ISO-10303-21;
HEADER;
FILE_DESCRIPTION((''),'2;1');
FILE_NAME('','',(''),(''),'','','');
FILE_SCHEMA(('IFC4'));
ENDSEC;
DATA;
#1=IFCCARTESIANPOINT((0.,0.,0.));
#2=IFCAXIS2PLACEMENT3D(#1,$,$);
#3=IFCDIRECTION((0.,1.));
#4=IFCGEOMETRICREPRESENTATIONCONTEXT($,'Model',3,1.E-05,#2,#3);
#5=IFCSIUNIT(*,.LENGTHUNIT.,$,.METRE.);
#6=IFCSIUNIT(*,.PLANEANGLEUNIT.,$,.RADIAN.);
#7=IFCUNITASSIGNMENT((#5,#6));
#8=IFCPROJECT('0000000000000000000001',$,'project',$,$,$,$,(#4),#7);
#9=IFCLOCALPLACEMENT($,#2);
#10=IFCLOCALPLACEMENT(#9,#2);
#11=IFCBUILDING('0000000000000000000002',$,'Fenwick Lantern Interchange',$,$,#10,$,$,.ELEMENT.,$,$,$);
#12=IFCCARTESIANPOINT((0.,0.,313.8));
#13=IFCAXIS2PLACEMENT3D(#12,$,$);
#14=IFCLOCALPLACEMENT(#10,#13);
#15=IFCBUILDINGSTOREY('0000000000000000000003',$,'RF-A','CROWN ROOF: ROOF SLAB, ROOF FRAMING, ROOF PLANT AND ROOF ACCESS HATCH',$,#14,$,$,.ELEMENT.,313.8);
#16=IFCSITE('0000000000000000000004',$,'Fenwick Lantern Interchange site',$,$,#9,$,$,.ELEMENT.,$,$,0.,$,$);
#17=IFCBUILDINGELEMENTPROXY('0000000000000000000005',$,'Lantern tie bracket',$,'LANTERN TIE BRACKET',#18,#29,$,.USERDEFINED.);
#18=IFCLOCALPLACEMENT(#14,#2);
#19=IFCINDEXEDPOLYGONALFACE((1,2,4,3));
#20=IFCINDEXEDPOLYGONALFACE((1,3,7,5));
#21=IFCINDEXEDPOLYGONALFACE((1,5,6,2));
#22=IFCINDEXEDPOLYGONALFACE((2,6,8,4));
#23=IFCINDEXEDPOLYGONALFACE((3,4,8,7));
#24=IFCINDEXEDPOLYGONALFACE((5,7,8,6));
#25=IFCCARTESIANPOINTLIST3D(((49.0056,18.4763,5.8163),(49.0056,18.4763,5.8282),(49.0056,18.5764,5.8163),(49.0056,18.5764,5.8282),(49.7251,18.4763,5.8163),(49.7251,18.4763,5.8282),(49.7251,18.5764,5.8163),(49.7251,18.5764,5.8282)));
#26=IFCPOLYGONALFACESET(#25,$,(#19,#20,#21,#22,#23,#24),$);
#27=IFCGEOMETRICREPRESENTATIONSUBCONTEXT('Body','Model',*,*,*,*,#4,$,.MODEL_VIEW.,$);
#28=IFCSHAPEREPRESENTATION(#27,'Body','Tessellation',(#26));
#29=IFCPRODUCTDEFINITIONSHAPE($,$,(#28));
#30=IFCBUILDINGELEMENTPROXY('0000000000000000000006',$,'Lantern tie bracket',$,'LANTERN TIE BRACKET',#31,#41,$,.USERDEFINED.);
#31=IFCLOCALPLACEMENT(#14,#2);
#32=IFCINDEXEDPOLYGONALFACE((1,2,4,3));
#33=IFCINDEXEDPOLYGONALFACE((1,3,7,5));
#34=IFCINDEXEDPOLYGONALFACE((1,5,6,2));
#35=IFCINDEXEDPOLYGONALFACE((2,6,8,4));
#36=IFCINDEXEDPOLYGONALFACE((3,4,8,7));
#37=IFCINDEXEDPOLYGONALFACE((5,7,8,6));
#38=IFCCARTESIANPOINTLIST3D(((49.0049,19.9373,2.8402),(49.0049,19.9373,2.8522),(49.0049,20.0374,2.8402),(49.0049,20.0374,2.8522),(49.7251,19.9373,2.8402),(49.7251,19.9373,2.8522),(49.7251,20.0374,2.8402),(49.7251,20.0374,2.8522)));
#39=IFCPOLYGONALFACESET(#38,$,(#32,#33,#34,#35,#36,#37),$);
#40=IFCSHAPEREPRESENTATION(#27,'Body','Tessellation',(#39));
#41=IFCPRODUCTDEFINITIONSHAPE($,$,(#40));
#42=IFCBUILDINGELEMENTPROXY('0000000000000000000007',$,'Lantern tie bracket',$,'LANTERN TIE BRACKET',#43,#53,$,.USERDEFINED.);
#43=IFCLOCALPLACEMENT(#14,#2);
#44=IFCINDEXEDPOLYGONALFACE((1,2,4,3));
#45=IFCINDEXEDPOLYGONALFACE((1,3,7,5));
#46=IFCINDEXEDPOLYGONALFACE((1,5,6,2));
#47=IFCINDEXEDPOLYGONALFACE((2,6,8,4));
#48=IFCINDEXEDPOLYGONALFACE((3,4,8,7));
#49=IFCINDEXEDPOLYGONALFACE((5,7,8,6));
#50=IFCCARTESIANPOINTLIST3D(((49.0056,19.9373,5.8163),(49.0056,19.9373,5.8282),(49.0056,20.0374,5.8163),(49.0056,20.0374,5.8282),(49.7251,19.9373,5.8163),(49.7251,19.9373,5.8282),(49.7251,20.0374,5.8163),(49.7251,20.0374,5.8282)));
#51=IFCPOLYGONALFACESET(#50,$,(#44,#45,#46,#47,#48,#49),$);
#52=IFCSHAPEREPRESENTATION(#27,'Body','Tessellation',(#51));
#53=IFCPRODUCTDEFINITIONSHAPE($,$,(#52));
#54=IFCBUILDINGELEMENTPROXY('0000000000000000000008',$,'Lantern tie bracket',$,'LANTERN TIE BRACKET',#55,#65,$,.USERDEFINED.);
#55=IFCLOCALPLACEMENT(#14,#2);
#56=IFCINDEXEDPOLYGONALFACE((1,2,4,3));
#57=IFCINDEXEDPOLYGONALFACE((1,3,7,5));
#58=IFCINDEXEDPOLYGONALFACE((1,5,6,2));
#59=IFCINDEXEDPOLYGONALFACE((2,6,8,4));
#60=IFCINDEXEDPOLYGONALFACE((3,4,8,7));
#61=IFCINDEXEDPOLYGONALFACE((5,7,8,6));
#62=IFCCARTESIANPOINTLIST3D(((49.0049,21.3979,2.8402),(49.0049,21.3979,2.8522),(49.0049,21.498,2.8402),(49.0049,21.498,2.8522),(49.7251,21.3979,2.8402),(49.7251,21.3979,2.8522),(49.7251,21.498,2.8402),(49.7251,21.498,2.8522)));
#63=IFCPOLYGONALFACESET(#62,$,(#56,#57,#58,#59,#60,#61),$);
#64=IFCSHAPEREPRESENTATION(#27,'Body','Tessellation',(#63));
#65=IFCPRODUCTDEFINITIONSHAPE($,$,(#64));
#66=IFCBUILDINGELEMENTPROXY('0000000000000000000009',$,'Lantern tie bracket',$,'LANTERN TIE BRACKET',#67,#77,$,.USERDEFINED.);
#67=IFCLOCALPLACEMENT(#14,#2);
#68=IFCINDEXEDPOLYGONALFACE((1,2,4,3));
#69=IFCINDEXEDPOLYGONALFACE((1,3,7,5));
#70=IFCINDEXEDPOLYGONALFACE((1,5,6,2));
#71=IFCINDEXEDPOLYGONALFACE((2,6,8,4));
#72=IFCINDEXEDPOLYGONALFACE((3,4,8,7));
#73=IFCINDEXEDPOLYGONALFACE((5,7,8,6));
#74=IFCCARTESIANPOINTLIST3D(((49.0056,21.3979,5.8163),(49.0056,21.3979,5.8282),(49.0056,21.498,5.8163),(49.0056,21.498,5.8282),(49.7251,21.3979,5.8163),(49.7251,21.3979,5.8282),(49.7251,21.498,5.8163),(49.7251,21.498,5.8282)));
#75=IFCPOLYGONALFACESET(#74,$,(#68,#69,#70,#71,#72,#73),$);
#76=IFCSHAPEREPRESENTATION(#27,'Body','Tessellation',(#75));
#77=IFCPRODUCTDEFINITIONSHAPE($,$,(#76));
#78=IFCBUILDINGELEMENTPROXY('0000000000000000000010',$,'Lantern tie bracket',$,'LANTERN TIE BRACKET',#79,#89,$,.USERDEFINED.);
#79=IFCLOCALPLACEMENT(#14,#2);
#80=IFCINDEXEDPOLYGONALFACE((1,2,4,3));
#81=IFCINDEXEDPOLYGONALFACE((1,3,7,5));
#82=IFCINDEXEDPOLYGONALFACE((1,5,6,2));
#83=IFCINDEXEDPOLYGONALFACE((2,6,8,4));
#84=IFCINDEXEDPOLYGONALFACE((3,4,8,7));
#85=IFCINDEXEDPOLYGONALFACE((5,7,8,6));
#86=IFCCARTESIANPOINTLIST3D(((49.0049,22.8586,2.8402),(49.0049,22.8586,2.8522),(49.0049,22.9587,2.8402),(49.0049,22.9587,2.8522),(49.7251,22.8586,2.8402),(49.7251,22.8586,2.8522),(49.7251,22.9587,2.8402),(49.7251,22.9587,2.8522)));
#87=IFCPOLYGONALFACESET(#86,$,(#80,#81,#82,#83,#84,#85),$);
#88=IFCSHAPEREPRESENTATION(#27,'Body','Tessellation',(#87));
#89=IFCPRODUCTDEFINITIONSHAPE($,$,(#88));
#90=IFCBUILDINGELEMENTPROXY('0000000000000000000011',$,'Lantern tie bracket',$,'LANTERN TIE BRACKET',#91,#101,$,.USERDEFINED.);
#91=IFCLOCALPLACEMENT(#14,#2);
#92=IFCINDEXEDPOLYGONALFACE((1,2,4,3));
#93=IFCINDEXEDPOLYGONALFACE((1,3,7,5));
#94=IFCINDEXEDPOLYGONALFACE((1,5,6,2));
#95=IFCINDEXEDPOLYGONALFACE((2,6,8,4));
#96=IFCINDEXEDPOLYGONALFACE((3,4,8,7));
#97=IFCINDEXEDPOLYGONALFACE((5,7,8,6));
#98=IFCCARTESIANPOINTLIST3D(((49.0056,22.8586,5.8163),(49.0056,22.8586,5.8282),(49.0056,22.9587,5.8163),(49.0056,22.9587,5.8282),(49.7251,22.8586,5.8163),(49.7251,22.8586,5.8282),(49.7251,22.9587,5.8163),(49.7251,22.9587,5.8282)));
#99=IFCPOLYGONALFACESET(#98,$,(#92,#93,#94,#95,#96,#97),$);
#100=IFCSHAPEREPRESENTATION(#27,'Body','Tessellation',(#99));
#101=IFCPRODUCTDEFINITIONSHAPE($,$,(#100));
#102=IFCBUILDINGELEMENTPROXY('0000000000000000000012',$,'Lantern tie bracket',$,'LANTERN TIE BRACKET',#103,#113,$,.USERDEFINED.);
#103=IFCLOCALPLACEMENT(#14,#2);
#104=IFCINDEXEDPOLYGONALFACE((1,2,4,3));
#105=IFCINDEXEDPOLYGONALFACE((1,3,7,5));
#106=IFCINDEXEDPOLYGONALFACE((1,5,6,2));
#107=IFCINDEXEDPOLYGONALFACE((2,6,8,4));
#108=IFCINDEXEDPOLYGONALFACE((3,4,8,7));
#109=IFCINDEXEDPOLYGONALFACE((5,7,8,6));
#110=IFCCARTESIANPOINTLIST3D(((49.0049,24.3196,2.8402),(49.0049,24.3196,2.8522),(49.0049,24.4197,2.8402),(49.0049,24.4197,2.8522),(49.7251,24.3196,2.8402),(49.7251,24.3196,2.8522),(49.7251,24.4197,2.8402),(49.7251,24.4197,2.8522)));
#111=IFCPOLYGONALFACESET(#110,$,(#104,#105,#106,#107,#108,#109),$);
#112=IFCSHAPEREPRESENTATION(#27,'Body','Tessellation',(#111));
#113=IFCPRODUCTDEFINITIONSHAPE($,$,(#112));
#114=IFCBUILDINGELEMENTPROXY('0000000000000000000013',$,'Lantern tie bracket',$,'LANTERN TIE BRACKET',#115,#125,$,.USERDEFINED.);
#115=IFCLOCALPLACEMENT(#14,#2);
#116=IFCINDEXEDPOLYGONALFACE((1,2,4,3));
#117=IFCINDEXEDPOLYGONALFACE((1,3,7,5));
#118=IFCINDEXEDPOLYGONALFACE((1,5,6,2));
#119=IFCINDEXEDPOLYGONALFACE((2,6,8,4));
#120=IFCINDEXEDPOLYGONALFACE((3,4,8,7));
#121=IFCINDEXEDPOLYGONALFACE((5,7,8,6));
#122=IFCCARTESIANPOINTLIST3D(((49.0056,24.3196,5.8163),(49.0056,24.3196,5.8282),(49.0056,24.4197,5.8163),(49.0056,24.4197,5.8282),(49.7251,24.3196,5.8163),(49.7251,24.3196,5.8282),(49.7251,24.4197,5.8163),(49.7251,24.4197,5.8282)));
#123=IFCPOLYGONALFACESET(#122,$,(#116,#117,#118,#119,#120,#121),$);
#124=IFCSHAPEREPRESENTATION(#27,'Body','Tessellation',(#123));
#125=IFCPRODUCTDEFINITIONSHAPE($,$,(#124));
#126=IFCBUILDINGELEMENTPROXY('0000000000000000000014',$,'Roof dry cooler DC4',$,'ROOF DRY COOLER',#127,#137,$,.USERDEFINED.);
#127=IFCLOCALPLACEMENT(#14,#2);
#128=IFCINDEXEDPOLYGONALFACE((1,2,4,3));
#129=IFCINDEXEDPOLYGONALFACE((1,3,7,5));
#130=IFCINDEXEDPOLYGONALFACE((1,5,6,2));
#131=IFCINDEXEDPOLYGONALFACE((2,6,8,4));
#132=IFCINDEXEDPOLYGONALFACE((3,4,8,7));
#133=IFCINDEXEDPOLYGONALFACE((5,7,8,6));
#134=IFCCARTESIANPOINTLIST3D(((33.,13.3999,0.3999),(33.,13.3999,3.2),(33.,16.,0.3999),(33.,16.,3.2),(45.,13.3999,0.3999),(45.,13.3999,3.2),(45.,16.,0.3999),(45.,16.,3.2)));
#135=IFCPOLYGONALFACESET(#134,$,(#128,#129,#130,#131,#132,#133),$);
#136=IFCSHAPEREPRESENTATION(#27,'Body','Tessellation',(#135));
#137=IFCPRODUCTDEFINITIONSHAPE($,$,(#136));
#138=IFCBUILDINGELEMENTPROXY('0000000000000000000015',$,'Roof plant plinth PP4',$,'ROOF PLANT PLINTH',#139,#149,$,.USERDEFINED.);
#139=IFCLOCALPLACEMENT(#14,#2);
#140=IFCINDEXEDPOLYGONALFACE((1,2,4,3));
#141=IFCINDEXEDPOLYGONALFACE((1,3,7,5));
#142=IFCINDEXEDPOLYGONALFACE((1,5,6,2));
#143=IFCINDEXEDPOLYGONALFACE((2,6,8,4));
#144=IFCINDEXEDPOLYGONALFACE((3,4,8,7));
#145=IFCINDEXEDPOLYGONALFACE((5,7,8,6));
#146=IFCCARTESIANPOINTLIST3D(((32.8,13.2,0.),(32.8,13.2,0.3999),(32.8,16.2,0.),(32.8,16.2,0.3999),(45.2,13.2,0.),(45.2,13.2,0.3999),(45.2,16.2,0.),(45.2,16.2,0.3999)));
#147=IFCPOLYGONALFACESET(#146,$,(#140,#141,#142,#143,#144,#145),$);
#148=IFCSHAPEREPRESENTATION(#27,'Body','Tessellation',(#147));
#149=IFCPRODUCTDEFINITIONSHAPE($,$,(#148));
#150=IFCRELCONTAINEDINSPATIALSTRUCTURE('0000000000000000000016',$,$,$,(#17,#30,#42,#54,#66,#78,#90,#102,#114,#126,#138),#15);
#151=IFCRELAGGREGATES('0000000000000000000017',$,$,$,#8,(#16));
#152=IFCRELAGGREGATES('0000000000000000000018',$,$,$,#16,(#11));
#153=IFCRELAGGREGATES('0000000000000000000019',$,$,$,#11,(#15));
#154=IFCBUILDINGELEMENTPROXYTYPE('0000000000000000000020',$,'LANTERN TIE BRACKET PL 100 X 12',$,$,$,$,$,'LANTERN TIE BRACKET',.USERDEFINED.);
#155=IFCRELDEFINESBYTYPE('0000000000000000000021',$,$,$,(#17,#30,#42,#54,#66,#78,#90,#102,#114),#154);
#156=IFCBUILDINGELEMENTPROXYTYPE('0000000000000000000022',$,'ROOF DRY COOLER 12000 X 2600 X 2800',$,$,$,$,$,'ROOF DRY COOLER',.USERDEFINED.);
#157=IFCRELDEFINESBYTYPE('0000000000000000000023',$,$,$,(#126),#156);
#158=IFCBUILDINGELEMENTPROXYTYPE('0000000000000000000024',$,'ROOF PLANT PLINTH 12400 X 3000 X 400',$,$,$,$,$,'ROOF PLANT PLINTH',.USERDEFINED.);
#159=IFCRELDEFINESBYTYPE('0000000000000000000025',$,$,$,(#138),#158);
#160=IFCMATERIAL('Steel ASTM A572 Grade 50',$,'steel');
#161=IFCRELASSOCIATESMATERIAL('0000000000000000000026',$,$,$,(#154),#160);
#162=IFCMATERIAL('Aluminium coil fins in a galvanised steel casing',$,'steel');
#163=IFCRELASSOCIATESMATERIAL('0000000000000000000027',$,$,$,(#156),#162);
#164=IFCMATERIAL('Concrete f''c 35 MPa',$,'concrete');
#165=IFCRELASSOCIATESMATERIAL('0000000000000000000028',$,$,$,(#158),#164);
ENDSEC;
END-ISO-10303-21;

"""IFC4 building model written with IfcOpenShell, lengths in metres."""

from ifc_helpers import new_model, si_unit, direction, frame, origin, origin_2d, place, context, subcontext, project, spatial, rectangle, extrude, material, material_profile, profile_set, type_object, element, save


model = new_model("IFC4")

# Units and contexts
model_context = context("Model", 3, precision=1e-05, world=origin(), true_north=direction((0.0, 1.0)))
body_context = subcontext(model_context, "Body", "Model", "MODEL_VIEW")
ifc_project = project(units=[si_unit("LENGTHUNIT", "METRE"), si_unit("PLANEANGLEUNIT", "RADIAN")], contexts=[model_context])

# Site, building, storey
site_placement = place(None, origin())
site = spatial("IfcSite", under=ifc_project, at=site_placement, Name="Fenwick Lantern Interchange site", CompositionType="ELEMENT", RefElevation=0.0)
building_placement = place(site_placement, origin())
building = spatial("IfcBuilding", under=site, at=building_placement, Name="Fenwick Lantern Interchange", CompositionType="ELEMENT")
storey_placement = place(building_placement, frame((0.0, 0.0, 313.8)))
storey = spatial("IfcBuildingStorey", under=building, at=storey_placement, Name="RF-A", Description="CROWN ROOF: ROOF SLAB, ROOF FRAMING, ROOF PLANT AND ROOF ACCESS HATCH", CompositionType="ELEMENT", Elevation=313.8)

# Building element proxies
ifc_material_1 = material(Name="Steel ASTM A572 Grade 50", Category="steel")
ifc_material_profile_1 = material_profile(ifc_material_1, rectangle(XDim=0.1001, YDim=0.012, at=origin_2d()), Name="PL100X12")
ifc_profile_set_1 = profile_set([ifc_material_profile_1], Name="Steel ASTM A572 Grade 50")
building_element_proxy_type_1 = type_object("IfcBuildingElementProxyType", Name="LANTERN TIE BRACKET PL 100 X 12", ElementType="LANTERN TIE BRACKET", PredefinedType="USERDEFINED", material=ifc_profile_set_1)
proxy_1_placement = place(storey_placement, frame((49.7251, 18.5264, 5.8223), z_axis=(-1.0, 0.0, 0.0), x_axis=(0.0, -1.0, 0.0)))
element("IfcBuildingElementProxy", 1, at=proxy_1_placement, inside=storey, type_object=building_element_proxy_type_1, Name="Lantern tie bracket", ObjectType="LANTERN TIE BRACKET", PredefinedType="USERDEFINED", context=body_context, shape_type="SweptSolid", body=[
    extrude(rectangle(XDim=0.1001, YDim=0.012, at=origin_2d()), origin(), (0.0, 0.0, 1.0), 0.7195),
])
proxy_2_placement = place(storey_placement, frame((49.7251, 19.9873, 2.8462), z_axis=(-1.0, 0.0, 0.0), x_axis=(0.0, -1.0, 0.0)))
element("IfcBuildingElementProxy", 2, at=proxy_2_placement, inside=storey, type_object=building_element_proxy_type_1, Name="Lantern tie bracket", ObjectType="LANTERN TIE BRACKET", PredefinedType="USERDEFINED", context=body_context, shape_type="SweptSolid", body=[
    extrude(rectangle(XDim=0.1001, YDim=0.012, at=origin_2d()), origin(), (0.0, 0.0, 1.0), 0.7202),
])
proxy_3_placement = place(storey_placement, frame((49.7251, 19.9873, 5.8223), z_axis=(-1.0, 0.0, 0.0), x_axis=(0.0, -1.0, 0.0)))
element("IfcBuildingElementProxy", 3, at=proxy_3_placement, inside=storey, type_object=building_element_proxy_type_1, Name="Lantern tie bracket", ObjectType="LANTERN TIE BRACKET", PredefinedType="USERDEFINED", context=body_context, shape_type="SweptSolid", body=[
    extrude(rectangle(XDim=0.1001, YDim=0.012, at=origin_2d()), origin(), (0.0, 0.0, 1.0), 0.7195),
])
proxy_4_placement = place(storey_placement, frame((49.7251, 21.448, 2.8462), z_axis=(-1.0, 0.0, 0.0), x_axis=(0.0, -1.0, 0.0)))
element("IfcBuildingElementProxy", 4, at=proxy_4_placement, inside=storey, type_object=building_element_proxy_type_1, Name="Lantern tie bracket", ObjectType="LANTERN TIE BRACKET", PredefinedType="USERDEFINED", context=body_context, shape_type="SweptSolid", body=[
    extrude(rectangle(XDim=0.1001, YDim=0.012, at=origin_2d()), origin(), (0.0, 0.0, 1.0), 0.7202),
])
proxy_5_placement = place(storey_placement, frame((49.7251, 21.448, 5.8223), z_axis=(-1.0, 0.0, 0.0), x_axis=(0.0, -1.0, 0.0)))
element("IfcBuildingElementProxy", 5, at=proxy_5_placement, inside=storey, type_object=building_element_proxy_type_1, Name="Lantern tie bracket", ObjectType="LANTERN TIE BRACKET", PredefinedType="USERDEFINED", context=body_context, shape_type="SweptSolid", body=[
    extrude(rectangle(XDim=0.1001, YDim=0.012, at=origin_2d()), origin(), (0.0, 0.0, 1.0), 0.7195),
])
proxy_6_placement = place(storey_placement, frame((49.7251, 22.9087, 2.8462), z_axis=(-1.0, 0.0, 0.0), x_axis=(0.0, -1.0, 0.0)))
element("IfcBuildingElementProxy", 6, at=proxy_6_placement, inside=storey, type_object=building_element_proxy_type_1, Name="Lantern tie bracket", ObjectType="LANTERN TIE BRACKET", PredefinedType="USERDEFINED", context=body_context, shape_type="SweptSolid", body=[
    extrude(rectangle(XDim=0.1001, YDim=0.012, at=origin_2d()), origin(), (0.0, 0.0, 1.0), 0.7202),
])
proxy_7_placement = place(storey_placement, frame((49.7251, 22.9087, 5.8223), z_axis=(-1.0, 0.0, 0.0), x_axis=(0.0, -1.0, 0.0)))
element("IfcBuildingElementProxy", 7, at=proxy_7_placement, inside=storey, type_object=building_element_proxy_type_1, Name="Lantern tie bracket", ObjectType="LANTERN TIE BRACKET", PredefinedType="USERDEFINED", context=body_context, shape_type="SweptSolid", body=[
    extrude(rectangle(XDim=0.1001, YDim=0.012, at=origin_2d()), origin(), (0.0, 0.0, 1.0), 0.7195),
])
proxy_8_placement = place(storey_placement, frame((49.7251, 24.3696, 2.8462), z_axis=(-1.0, 0.0, 0.0), x_axis=(0.0, -1.0, 0.0)))
element("IfcBuildingElementProxy", 8, at=proxy_8_placement, inside=storey, type_object=building_element_proxy_type_1, Name="Lantern tie bracket", ObjectType="LANTERN TIE BRACKET", PredefinedType="USERDEFINED", context=body_context, shape_type="SweptSolid", body=[
    extrude(rectangle(XDim=0.1001, YDim=0.012, at=origin_2d()), origin(), (0.0, 0.0, 1.0), 0.7202),
])
proxy_9_placement = place(storey_placement, frame((49.7251, 24.3696, 5.8223), z_axis=(-1.0, 0.0, 0.0), x_axis=(0.0, -1.0, 0.0)))
element("IfcBuildingElementProxy", 9, at=proxy_9_placement, inside=storey, type_object=building_element_proxy_type_1, Name="Lantern tie bracket", ObjectType="LANTERN TIE BRACKET", PredefinedType="USERDEFINED", context=body_context, shape_type="SweptSolid", body=[
    extrude(rectangle(XDim=0.1001, YDim=0.012, at=origin_2d()), origin(), (0.0, 0.0, 1.0), 0.7195),
])
ifc_material_2 = material(Name="Aluminium coil fins in a galvanised steel casing", Category="steel")
building_element_proxy_type_2 = type_object("IfcBuildingElementProxyType", Name="ROOF DRY COOLER 12000 X 2600 X 2800", ElementType="ROOF DRY COOLER", PredefinedType="USERDEFINED", material=ifc_material_2)
proxy_10_placement = place(storey_placement, frame((39.0, 14.7, 0.3999), z_axis=(0.0, 0.0, 1.0), x_axis=(1.0, 0.0, 0.0)))
element("IfcBuildingElementProxy", 10, at=proxy_10_placement, inside=storey, type_object=building_element_proxy_type_2, Name="Roof dry cooler DC4", ObjectType="ROOF DRY COOLER", PredefinedType="USERDEFINED", context=body_context, shape_type="SweptSolid", body=[
    extrude(rectangle(XDim=12.0, YDim=2.6001, at=origin_2d()), origin(), (0.0, 0.0, 1.0), 2.8),
])
ifc_material_3 = material(Name="Concrete f'c 35 MPa", Category="concrete")
building_element_proxy_type_3 = type_object("IfcBuildingElementProxyType", Name="ROOF PLANT PLINTH 12400 X 3000 X 400", ElementType="ROOF PLANT PLINTH", PredefinedType="USERDEFINED", material=ifc_material_3)
proxy_11_placement = place(storey_placement, frame((39.0, 14.7, 0.0), z_axis=(0.0, 0.0, 1.0), x_axis=(1.0, 0.0, 0.0)))
element("IfcBuildingElementProxy", 11, at=proxy_11_placement, inside=storey, type_object=building_element_proxy_type_3, Name="Roof plant plinth PP4", ObjectType="ROOF PLANT PLINTH", PredefinedType="USERDEFINED", context=body_context, shape_type="SweptSolid", body=[
    extrude(rectangle(XDim=12.3999, YDim=3.0, at=origin_2d()), origin(), (0.0, 0.0, 1.0), 0.3999),
])

save(model, "model.ifc")
